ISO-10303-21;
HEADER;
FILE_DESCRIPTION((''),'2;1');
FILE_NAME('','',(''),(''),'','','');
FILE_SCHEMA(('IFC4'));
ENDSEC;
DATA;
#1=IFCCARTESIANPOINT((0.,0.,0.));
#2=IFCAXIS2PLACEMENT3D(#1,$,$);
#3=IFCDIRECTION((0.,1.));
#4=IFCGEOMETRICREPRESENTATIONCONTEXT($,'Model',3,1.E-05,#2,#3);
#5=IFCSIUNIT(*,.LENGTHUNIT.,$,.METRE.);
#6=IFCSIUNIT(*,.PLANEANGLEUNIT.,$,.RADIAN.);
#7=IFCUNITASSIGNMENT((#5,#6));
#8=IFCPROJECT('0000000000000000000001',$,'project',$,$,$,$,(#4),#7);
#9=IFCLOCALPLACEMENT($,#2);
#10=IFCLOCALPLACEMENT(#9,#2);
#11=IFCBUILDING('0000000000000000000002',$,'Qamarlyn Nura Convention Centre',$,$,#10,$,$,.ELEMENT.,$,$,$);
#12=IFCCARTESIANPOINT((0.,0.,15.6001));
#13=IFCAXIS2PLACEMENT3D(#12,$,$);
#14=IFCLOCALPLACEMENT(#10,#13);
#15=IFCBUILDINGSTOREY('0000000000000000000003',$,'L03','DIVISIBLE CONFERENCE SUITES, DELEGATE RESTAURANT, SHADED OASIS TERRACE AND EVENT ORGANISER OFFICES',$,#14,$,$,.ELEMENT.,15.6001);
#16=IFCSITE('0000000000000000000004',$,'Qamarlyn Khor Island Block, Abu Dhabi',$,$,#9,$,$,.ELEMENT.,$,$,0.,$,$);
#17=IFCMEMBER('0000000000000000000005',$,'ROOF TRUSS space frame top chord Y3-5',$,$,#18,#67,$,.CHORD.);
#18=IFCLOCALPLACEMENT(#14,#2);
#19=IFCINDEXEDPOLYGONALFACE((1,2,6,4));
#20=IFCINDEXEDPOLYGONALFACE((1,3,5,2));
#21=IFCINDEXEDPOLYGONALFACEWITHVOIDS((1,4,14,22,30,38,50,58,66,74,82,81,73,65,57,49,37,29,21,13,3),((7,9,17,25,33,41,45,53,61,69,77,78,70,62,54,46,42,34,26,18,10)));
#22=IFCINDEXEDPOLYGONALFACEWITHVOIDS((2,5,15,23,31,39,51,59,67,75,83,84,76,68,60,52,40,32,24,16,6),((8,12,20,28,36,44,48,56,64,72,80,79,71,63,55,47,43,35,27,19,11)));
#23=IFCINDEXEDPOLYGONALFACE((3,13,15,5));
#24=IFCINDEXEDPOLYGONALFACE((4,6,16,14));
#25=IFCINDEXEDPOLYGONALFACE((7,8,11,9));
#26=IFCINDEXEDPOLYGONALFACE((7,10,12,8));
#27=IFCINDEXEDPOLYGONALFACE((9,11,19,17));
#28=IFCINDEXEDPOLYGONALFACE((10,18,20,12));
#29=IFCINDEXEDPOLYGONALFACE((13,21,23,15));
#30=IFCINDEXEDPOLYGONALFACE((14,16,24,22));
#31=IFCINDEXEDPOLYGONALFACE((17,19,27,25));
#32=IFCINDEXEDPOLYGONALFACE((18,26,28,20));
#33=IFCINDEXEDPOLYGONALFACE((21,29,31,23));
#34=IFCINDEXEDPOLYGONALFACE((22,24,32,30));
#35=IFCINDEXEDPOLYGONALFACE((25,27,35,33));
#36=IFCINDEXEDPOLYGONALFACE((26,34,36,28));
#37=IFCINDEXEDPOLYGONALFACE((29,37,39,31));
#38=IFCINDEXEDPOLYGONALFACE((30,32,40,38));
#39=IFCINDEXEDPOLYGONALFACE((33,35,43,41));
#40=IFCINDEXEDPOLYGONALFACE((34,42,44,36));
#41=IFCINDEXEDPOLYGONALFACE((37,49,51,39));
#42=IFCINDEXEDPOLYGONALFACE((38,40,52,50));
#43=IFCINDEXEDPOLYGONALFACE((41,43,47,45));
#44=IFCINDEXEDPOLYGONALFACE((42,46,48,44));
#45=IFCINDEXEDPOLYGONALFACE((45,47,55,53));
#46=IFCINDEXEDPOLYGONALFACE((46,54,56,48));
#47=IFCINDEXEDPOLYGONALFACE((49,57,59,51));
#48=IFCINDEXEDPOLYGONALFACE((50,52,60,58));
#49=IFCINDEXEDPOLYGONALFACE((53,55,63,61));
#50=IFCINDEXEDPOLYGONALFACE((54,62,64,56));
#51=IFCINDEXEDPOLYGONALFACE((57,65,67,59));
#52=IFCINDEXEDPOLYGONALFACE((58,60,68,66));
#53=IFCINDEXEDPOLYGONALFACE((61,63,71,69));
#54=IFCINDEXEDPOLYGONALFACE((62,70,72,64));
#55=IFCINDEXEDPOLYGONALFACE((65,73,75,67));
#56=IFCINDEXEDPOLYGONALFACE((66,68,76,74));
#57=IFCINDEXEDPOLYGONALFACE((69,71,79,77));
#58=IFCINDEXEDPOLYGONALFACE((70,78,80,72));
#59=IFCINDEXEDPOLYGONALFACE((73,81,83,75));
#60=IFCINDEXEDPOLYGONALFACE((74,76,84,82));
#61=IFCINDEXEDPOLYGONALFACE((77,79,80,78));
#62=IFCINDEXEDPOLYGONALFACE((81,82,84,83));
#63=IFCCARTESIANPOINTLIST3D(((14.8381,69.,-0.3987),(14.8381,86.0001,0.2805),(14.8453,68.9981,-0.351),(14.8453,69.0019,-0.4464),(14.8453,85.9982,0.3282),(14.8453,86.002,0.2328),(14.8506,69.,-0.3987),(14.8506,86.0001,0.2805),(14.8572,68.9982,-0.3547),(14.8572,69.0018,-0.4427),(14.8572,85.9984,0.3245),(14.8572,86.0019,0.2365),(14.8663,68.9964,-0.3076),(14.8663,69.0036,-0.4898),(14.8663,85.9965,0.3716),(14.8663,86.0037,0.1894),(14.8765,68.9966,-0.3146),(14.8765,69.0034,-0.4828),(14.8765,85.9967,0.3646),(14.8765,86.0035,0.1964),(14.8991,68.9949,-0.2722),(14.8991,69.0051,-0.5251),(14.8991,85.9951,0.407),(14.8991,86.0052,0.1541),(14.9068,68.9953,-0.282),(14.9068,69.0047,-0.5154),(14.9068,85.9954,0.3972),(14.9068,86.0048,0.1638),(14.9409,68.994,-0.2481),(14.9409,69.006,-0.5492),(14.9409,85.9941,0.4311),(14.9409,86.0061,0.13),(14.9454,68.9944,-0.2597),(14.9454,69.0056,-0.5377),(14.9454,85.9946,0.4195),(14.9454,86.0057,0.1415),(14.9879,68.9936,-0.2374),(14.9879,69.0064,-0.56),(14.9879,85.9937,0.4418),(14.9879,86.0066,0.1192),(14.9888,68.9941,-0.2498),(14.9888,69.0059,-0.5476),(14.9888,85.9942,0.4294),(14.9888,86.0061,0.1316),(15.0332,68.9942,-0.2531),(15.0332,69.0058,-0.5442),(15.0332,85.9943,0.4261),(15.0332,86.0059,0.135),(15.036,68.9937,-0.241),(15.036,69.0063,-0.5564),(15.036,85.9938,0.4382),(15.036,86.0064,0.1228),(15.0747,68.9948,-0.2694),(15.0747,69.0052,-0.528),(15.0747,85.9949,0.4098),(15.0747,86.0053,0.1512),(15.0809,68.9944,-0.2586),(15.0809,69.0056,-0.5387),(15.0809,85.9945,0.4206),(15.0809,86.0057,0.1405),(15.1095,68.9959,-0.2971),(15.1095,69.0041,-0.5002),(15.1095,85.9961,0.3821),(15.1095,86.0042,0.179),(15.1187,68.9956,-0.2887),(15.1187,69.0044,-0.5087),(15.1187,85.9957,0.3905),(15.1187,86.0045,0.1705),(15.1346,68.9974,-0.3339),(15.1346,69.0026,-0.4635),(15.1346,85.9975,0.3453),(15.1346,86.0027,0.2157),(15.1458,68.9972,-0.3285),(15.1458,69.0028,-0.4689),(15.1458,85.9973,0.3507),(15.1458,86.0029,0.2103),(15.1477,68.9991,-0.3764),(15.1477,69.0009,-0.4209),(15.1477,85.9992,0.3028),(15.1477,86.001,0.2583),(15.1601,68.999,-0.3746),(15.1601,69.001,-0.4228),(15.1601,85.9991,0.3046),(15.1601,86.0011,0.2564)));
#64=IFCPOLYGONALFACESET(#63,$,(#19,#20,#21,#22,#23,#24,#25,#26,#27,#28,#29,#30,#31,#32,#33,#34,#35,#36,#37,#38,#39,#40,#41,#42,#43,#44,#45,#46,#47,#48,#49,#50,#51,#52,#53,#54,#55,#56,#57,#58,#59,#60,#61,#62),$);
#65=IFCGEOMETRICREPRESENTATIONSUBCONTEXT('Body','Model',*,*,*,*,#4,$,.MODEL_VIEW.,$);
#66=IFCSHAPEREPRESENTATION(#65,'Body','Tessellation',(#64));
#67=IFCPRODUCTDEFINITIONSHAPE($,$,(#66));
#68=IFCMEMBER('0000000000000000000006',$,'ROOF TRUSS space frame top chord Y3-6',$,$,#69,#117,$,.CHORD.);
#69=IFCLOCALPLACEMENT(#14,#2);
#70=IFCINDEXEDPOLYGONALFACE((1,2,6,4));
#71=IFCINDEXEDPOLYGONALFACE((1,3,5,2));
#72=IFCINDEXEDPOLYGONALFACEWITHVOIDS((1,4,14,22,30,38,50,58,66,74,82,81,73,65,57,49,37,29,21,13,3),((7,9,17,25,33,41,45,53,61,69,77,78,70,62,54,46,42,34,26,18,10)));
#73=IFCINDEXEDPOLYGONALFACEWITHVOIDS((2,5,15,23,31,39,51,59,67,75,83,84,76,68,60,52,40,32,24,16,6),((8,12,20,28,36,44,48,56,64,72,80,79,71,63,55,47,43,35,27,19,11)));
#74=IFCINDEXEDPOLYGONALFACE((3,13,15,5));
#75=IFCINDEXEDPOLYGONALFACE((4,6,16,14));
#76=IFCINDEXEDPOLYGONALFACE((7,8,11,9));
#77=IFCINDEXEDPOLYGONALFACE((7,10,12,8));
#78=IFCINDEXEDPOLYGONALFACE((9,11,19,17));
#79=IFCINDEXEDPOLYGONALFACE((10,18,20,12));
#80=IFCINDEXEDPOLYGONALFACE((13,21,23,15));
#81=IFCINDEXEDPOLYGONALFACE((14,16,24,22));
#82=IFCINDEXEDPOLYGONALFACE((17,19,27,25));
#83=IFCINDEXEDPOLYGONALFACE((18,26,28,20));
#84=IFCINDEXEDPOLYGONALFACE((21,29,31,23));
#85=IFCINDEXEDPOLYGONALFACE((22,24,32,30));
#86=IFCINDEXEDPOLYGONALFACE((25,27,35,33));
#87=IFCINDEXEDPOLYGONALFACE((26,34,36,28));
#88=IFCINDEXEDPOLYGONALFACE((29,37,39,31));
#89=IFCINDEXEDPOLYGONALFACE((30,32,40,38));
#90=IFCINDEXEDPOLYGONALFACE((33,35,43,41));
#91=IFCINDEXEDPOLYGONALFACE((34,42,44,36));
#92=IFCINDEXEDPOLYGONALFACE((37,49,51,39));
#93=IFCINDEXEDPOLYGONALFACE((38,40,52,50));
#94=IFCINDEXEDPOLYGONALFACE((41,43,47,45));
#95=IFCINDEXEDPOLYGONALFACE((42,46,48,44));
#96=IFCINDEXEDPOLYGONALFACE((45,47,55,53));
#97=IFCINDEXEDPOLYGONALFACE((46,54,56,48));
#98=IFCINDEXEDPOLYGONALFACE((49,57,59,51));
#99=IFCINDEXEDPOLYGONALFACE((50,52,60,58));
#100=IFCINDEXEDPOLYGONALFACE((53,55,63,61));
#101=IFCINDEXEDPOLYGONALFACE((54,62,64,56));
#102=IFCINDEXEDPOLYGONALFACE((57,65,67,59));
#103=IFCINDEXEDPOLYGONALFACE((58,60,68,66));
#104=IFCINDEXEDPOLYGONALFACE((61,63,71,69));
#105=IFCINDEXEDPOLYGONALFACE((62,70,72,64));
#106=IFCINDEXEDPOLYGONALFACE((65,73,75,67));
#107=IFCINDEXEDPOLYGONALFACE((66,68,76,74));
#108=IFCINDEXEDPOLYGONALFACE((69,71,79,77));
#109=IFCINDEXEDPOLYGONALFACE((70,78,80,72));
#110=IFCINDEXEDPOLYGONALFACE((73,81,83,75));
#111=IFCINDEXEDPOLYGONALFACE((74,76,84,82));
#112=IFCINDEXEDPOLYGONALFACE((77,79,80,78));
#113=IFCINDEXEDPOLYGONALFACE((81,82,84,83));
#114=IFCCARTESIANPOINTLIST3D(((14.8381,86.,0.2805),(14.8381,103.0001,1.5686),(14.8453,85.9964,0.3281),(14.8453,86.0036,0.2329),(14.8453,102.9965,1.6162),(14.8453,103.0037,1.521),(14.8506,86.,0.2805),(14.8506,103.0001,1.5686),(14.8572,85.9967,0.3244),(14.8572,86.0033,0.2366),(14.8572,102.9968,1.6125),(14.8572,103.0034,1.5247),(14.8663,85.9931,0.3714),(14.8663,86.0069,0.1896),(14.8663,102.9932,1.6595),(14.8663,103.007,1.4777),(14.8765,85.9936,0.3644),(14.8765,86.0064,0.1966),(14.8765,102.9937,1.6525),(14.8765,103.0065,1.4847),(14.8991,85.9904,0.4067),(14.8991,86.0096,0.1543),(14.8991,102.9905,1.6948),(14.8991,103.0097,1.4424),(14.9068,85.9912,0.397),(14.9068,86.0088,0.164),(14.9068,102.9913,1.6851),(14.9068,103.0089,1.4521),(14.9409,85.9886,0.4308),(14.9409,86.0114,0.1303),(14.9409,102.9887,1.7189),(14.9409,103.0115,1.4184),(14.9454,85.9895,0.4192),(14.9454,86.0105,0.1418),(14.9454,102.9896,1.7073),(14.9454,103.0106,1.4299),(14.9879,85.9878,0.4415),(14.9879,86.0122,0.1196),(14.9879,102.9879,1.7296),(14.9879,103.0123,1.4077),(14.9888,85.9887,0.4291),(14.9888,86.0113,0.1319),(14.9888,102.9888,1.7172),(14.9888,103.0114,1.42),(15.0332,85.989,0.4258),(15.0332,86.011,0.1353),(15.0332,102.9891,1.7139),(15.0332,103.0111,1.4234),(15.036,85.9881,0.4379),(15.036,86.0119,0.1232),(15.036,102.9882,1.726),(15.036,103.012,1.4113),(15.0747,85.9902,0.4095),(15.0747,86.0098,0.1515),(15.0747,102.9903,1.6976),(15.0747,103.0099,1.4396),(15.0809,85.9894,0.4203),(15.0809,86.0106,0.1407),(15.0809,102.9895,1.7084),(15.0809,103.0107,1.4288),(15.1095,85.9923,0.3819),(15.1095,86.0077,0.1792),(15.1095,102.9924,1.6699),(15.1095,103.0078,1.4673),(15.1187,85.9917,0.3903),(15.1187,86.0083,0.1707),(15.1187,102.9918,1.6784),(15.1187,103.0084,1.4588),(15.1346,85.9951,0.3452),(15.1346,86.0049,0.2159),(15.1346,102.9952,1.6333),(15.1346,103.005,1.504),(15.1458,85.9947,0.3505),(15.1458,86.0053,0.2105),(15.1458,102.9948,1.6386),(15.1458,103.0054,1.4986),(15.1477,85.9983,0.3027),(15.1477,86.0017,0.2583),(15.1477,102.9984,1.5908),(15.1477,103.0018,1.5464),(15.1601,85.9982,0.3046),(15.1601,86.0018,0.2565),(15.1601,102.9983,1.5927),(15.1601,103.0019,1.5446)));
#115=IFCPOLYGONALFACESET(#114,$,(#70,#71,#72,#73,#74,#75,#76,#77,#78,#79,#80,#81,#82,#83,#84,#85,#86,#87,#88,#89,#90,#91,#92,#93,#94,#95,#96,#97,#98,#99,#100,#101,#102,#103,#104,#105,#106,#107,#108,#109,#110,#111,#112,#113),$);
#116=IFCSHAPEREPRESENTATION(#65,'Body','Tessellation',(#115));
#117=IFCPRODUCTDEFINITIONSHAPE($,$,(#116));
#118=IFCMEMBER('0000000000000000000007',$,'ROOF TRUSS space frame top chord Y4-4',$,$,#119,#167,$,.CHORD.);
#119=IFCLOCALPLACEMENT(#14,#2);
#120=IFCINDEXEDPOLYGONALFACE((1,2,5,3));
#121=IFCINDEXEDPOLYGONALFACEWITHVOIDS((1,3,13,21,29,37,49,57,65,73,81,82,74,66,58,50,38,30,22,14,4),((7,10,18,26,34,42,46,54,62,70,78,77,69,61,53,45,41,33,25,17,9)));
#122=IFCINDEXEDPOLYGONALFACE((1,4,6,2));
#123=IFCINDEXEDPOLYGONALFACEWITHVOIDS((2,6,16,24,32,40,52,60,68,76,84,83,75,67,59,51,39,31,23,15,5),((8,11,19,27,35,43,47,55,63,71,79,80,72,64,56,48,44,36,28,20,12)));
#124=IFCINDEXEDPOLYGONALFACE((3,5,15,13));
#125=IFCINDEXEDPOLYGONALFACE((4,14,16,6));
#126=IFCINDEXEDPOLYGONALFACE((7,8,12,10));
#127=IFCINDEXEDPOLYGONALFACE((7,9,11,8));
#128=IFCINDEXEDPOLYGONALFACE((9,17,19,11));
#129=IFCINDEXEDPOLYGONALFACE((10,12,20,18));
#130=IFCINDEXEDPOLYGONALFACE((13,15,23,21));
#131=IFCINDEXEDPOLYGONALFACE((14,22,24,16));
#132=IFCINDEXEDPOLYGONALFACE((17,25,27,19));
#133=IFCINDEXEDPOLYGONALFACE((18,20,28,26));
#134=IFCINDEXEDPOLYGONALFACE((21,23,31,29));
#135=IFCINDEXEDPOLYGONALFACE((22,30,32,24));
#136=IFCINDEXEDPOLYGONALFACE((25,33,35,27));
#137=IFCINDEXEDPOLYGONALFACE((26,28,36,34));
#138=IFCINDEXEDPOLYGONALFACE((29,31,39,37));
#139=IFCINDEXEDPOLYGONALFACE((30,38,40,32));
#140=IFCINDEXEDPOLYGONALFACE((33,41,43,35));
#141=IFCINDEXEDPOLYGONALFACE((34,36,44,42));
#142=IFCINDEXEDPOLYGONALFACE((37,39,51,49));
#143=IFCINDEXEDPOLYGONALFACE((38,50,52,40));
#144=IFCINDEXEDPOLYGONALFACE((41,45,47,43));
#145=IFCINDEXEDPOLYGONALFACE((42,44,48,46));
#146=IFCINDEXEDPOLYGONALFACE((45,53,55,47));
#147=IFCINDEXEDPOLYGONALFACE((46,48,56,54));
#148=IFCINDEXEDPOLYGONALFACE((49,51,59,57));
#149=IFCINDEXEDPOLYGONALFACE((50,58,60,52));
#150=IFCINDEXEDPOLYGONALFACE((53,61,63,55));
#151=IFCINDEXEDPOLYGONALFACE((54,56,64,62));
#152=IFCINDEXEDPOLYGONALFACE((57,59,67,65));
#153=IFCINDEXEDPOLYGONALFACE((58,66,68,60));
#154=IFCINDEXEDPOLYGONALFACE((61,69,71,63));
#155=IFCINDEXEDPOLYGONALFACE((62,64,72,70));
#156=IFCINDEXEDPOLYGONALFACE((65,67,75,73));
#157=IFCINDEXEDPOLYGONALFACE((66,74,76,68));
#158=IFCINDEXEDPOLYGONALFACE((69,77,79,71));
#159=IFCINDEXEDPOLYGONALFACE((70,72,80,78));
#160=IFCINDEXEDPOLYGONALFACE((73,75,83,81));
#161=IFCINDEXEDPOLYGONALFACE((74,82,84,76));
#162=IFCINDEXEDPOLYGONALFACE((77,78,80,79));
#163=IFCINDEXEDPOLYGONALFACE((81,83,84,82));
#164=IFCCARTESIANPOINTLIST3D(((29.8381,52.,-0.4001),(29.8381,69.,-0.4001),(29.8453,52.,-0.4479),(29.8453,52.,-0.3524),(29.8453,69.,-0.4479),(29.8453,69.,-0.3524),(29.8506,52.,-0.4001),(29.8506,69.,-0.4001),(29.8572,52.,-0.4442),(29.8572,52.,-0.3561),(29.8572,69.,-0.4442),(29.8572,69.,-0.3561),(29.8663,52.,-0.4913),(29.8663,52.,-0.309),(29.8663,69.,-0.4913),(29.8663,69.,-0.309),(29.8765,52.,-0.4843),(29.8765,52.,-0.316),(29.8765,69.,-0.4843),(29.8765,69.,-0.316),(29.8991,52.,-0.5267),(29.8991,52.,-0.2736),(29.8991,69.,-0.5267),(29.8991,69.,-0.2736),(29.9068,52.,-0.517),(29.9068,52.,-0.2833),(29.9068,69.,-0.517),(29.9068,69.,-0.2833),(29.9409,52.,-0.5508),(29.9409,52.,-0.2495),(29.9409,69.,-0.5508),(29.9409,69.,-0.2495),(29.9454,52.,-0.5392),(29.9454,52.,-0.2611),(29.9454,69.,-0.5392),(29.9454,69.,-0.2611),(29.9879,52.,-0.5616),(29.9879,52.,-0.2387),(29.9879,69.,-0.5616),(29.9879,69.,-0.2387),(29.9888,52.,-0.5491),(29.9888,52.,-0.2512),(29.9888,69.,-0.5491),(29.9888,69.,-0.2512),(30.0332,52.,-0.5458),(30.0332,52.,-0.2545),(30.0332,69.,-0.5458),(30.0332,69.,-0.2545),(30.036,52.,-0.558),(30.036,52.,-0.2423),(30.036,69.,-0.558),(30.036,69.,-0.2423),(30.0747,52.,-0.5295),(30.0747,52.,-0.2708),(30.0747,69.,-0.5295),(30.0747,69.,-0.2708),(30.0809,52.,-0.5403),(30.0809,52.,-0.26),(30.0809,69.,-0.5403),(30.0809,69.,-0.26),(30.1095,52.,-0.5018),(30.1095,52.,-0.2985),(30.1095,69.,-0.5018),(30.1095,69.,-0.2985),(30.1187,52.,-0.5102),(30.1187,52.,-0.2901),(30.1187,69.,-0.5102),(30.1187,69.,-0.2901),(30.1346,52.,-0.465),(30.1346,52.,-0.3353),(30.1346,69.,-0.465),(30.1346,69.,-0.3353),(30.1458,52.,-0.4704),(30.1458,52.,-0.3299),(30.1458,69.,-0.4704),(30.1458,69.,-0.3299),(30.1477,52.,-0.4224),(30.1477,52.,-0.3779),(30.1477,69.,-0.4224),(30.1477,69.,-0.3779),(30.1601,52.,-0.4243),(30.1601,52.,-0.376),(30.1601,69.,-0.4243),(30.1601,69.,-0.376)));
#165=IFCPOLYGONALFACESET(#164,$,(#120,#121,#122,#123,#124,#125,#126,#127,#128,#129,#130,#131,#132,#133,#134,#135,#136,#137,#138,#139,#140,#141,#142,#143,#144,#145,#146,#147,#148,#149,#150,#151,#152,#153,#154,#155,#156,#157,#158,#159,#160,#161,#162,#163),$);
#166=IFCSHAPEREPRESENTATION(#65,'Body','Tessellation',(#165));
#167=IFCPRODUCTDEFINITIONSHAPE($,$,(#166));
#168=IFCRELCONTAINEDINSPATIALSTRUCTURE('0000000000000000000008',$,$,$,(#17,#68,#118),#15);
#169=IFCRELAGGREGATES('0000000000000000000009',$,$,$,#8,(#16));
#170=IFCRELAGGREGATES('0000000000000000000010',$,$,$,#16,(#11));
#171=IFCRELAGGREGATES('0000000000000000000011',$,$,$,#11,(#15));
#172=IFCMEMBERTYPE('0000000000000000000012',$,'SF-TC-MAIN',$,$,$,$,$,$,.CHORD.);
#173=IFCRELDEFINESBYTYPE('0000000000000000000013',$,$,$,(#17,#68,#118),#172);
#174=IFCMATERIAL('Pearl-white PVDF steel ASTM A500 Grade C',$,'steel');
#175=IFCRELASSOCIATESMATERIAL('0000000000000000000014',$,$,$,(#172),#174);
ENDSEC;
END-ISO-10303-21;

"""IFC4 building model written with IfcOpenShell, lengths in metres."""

from ifc_helpers import new_model, si_unit, direction, frame, origin, origin_2d, place, context, subcontext, project, spatial, hollow_circle, extrude, material, material_profile, profile_set, type_object, element, save


model = new_model("IFC4")

# Units and contexts
model_context = context("Model", 3, precision=1e-05, world=origin(), true_north=direction((0.0, 1.0)))
body_context = subcontext(model_context, "Body", "Model", "MODEL_VIEW")
ifc_project = project(units=[si_unit("LENGTHUNIT", "METRE"), si_unit("PLANEANGLEUNIT", "RADIAN")], contexts=[model_context])

# Site, building, storey
site_placement = place(None, origin())
site = spatial("IfcSite", under=ifc_project, at=site_placement, Name="Qamarlyn Khor Island Block, Abu Dhabi", CompositionType="ELEMENT", RefElevation=0.0)
building_placement = place(site_placement, origin())
building = spatial("IfcBuilding", under=site, at=building_placement, Name="Qamarlyn Nura Convention Centre", CompositionType="ELEMENT")
storey_placement = place(building_placement, frame((0.0, 0.0, 15.6001)))
storey = spatial("IfcBuildingStorey", under=building, at=storey_placement, Name="L03", Description="DIVISIBLE CONFERENCE SUITES, DELEGATE RESTAURANT, SHADED OASIS TERRACE AND EVENT ORGANISER OFFICES", CompositionType="ELEMENT", Elevation=15.6001)

# Members
ifc_material_1 = material(Name="Pearl-white PVDF steel ASTM A500 Grade C", Category="steel")
ifc_material_profile_1 = material_profile(ifc_material_1, hollow_circle(Radius=0.1619, WallThickness=0.0125, at=origin_2d()), Name="CHS323.9X12.5")
ifc_profile_set_1 = profile_set([ifc_material_profile_1], Name="Pearl-white PVDF steel ASTM A500 Grade C")
member_type_1 = type_object("IfcMemberType", Name="SF-TC-MAIN", PredefinedType="CHORD", material=ifc_profile_set_1)
member_1_placement = place(storey_placement, frame((15.0, 69.0, -0.3987), z_axis=(0.0, 0.999203, 0.039921), x_axis=(-1.0, 0.0, 0.0)))
element("IfcMember", 1, at=member_1_placement, inside=storey, type_object=member_type_1, Name="ROOF TRUSS space frame top chord Y3-5", PredefinedType="CHORD", context=body_context, shape_type="SweptSolid", body=[
    extrude(hollow_circle(Radius=0.1619, WallThickness=0.0125, at=origin_2d()), origin(), (0.0, 0.0, 1.0), 17.0137),
])
member_2_placement = place(storey_placement, frame((15.0, 86.0, 0.2805), z_axis=(0.0, 0.997142, 0.075553), x_axis=(-1.0, 0.0, 0.0)))
element("IfcMember", 2, at=member_2_placement, inside=storey, type_object=member_type_1, Name="ROOF TRUSS space frame top chord Y3-6", PredefinedType="CHORD", context=body_context, shape_type="SweptSolid", body=[
    extrude(hollow_circle(Radius=0.1619, WallThickness=0.0125, at=origin_2d()), origin(), (0.0, 0.0, 1.0), 17.0488),
])
for number, where, z_axis, x_axis, name in (
    (3, (30.0, 52.0, -0.4001), (0.0, 1.0, 0.0), (-1.0, 0.0, 0.0), "ROOF TRUSS space frame top chord Y4-4"),
):
    element("IfcMember", number, at=place(storey_placement, frame(where, z_axis=z_axis, x_axis=x_axis)), inside=storey, type_object=member_type_1, Name=name, PredefinedType="CHORD", context=body_context, shape_type="SweptSolid", body=[
        extrude(hollow_circle(Radius=0.1619, WallThickness=0.0125, at=origin_2d()), origin(), (0.0, 0.0, 1.0), 17.0),
    ])

save(model, "model.ifc")
